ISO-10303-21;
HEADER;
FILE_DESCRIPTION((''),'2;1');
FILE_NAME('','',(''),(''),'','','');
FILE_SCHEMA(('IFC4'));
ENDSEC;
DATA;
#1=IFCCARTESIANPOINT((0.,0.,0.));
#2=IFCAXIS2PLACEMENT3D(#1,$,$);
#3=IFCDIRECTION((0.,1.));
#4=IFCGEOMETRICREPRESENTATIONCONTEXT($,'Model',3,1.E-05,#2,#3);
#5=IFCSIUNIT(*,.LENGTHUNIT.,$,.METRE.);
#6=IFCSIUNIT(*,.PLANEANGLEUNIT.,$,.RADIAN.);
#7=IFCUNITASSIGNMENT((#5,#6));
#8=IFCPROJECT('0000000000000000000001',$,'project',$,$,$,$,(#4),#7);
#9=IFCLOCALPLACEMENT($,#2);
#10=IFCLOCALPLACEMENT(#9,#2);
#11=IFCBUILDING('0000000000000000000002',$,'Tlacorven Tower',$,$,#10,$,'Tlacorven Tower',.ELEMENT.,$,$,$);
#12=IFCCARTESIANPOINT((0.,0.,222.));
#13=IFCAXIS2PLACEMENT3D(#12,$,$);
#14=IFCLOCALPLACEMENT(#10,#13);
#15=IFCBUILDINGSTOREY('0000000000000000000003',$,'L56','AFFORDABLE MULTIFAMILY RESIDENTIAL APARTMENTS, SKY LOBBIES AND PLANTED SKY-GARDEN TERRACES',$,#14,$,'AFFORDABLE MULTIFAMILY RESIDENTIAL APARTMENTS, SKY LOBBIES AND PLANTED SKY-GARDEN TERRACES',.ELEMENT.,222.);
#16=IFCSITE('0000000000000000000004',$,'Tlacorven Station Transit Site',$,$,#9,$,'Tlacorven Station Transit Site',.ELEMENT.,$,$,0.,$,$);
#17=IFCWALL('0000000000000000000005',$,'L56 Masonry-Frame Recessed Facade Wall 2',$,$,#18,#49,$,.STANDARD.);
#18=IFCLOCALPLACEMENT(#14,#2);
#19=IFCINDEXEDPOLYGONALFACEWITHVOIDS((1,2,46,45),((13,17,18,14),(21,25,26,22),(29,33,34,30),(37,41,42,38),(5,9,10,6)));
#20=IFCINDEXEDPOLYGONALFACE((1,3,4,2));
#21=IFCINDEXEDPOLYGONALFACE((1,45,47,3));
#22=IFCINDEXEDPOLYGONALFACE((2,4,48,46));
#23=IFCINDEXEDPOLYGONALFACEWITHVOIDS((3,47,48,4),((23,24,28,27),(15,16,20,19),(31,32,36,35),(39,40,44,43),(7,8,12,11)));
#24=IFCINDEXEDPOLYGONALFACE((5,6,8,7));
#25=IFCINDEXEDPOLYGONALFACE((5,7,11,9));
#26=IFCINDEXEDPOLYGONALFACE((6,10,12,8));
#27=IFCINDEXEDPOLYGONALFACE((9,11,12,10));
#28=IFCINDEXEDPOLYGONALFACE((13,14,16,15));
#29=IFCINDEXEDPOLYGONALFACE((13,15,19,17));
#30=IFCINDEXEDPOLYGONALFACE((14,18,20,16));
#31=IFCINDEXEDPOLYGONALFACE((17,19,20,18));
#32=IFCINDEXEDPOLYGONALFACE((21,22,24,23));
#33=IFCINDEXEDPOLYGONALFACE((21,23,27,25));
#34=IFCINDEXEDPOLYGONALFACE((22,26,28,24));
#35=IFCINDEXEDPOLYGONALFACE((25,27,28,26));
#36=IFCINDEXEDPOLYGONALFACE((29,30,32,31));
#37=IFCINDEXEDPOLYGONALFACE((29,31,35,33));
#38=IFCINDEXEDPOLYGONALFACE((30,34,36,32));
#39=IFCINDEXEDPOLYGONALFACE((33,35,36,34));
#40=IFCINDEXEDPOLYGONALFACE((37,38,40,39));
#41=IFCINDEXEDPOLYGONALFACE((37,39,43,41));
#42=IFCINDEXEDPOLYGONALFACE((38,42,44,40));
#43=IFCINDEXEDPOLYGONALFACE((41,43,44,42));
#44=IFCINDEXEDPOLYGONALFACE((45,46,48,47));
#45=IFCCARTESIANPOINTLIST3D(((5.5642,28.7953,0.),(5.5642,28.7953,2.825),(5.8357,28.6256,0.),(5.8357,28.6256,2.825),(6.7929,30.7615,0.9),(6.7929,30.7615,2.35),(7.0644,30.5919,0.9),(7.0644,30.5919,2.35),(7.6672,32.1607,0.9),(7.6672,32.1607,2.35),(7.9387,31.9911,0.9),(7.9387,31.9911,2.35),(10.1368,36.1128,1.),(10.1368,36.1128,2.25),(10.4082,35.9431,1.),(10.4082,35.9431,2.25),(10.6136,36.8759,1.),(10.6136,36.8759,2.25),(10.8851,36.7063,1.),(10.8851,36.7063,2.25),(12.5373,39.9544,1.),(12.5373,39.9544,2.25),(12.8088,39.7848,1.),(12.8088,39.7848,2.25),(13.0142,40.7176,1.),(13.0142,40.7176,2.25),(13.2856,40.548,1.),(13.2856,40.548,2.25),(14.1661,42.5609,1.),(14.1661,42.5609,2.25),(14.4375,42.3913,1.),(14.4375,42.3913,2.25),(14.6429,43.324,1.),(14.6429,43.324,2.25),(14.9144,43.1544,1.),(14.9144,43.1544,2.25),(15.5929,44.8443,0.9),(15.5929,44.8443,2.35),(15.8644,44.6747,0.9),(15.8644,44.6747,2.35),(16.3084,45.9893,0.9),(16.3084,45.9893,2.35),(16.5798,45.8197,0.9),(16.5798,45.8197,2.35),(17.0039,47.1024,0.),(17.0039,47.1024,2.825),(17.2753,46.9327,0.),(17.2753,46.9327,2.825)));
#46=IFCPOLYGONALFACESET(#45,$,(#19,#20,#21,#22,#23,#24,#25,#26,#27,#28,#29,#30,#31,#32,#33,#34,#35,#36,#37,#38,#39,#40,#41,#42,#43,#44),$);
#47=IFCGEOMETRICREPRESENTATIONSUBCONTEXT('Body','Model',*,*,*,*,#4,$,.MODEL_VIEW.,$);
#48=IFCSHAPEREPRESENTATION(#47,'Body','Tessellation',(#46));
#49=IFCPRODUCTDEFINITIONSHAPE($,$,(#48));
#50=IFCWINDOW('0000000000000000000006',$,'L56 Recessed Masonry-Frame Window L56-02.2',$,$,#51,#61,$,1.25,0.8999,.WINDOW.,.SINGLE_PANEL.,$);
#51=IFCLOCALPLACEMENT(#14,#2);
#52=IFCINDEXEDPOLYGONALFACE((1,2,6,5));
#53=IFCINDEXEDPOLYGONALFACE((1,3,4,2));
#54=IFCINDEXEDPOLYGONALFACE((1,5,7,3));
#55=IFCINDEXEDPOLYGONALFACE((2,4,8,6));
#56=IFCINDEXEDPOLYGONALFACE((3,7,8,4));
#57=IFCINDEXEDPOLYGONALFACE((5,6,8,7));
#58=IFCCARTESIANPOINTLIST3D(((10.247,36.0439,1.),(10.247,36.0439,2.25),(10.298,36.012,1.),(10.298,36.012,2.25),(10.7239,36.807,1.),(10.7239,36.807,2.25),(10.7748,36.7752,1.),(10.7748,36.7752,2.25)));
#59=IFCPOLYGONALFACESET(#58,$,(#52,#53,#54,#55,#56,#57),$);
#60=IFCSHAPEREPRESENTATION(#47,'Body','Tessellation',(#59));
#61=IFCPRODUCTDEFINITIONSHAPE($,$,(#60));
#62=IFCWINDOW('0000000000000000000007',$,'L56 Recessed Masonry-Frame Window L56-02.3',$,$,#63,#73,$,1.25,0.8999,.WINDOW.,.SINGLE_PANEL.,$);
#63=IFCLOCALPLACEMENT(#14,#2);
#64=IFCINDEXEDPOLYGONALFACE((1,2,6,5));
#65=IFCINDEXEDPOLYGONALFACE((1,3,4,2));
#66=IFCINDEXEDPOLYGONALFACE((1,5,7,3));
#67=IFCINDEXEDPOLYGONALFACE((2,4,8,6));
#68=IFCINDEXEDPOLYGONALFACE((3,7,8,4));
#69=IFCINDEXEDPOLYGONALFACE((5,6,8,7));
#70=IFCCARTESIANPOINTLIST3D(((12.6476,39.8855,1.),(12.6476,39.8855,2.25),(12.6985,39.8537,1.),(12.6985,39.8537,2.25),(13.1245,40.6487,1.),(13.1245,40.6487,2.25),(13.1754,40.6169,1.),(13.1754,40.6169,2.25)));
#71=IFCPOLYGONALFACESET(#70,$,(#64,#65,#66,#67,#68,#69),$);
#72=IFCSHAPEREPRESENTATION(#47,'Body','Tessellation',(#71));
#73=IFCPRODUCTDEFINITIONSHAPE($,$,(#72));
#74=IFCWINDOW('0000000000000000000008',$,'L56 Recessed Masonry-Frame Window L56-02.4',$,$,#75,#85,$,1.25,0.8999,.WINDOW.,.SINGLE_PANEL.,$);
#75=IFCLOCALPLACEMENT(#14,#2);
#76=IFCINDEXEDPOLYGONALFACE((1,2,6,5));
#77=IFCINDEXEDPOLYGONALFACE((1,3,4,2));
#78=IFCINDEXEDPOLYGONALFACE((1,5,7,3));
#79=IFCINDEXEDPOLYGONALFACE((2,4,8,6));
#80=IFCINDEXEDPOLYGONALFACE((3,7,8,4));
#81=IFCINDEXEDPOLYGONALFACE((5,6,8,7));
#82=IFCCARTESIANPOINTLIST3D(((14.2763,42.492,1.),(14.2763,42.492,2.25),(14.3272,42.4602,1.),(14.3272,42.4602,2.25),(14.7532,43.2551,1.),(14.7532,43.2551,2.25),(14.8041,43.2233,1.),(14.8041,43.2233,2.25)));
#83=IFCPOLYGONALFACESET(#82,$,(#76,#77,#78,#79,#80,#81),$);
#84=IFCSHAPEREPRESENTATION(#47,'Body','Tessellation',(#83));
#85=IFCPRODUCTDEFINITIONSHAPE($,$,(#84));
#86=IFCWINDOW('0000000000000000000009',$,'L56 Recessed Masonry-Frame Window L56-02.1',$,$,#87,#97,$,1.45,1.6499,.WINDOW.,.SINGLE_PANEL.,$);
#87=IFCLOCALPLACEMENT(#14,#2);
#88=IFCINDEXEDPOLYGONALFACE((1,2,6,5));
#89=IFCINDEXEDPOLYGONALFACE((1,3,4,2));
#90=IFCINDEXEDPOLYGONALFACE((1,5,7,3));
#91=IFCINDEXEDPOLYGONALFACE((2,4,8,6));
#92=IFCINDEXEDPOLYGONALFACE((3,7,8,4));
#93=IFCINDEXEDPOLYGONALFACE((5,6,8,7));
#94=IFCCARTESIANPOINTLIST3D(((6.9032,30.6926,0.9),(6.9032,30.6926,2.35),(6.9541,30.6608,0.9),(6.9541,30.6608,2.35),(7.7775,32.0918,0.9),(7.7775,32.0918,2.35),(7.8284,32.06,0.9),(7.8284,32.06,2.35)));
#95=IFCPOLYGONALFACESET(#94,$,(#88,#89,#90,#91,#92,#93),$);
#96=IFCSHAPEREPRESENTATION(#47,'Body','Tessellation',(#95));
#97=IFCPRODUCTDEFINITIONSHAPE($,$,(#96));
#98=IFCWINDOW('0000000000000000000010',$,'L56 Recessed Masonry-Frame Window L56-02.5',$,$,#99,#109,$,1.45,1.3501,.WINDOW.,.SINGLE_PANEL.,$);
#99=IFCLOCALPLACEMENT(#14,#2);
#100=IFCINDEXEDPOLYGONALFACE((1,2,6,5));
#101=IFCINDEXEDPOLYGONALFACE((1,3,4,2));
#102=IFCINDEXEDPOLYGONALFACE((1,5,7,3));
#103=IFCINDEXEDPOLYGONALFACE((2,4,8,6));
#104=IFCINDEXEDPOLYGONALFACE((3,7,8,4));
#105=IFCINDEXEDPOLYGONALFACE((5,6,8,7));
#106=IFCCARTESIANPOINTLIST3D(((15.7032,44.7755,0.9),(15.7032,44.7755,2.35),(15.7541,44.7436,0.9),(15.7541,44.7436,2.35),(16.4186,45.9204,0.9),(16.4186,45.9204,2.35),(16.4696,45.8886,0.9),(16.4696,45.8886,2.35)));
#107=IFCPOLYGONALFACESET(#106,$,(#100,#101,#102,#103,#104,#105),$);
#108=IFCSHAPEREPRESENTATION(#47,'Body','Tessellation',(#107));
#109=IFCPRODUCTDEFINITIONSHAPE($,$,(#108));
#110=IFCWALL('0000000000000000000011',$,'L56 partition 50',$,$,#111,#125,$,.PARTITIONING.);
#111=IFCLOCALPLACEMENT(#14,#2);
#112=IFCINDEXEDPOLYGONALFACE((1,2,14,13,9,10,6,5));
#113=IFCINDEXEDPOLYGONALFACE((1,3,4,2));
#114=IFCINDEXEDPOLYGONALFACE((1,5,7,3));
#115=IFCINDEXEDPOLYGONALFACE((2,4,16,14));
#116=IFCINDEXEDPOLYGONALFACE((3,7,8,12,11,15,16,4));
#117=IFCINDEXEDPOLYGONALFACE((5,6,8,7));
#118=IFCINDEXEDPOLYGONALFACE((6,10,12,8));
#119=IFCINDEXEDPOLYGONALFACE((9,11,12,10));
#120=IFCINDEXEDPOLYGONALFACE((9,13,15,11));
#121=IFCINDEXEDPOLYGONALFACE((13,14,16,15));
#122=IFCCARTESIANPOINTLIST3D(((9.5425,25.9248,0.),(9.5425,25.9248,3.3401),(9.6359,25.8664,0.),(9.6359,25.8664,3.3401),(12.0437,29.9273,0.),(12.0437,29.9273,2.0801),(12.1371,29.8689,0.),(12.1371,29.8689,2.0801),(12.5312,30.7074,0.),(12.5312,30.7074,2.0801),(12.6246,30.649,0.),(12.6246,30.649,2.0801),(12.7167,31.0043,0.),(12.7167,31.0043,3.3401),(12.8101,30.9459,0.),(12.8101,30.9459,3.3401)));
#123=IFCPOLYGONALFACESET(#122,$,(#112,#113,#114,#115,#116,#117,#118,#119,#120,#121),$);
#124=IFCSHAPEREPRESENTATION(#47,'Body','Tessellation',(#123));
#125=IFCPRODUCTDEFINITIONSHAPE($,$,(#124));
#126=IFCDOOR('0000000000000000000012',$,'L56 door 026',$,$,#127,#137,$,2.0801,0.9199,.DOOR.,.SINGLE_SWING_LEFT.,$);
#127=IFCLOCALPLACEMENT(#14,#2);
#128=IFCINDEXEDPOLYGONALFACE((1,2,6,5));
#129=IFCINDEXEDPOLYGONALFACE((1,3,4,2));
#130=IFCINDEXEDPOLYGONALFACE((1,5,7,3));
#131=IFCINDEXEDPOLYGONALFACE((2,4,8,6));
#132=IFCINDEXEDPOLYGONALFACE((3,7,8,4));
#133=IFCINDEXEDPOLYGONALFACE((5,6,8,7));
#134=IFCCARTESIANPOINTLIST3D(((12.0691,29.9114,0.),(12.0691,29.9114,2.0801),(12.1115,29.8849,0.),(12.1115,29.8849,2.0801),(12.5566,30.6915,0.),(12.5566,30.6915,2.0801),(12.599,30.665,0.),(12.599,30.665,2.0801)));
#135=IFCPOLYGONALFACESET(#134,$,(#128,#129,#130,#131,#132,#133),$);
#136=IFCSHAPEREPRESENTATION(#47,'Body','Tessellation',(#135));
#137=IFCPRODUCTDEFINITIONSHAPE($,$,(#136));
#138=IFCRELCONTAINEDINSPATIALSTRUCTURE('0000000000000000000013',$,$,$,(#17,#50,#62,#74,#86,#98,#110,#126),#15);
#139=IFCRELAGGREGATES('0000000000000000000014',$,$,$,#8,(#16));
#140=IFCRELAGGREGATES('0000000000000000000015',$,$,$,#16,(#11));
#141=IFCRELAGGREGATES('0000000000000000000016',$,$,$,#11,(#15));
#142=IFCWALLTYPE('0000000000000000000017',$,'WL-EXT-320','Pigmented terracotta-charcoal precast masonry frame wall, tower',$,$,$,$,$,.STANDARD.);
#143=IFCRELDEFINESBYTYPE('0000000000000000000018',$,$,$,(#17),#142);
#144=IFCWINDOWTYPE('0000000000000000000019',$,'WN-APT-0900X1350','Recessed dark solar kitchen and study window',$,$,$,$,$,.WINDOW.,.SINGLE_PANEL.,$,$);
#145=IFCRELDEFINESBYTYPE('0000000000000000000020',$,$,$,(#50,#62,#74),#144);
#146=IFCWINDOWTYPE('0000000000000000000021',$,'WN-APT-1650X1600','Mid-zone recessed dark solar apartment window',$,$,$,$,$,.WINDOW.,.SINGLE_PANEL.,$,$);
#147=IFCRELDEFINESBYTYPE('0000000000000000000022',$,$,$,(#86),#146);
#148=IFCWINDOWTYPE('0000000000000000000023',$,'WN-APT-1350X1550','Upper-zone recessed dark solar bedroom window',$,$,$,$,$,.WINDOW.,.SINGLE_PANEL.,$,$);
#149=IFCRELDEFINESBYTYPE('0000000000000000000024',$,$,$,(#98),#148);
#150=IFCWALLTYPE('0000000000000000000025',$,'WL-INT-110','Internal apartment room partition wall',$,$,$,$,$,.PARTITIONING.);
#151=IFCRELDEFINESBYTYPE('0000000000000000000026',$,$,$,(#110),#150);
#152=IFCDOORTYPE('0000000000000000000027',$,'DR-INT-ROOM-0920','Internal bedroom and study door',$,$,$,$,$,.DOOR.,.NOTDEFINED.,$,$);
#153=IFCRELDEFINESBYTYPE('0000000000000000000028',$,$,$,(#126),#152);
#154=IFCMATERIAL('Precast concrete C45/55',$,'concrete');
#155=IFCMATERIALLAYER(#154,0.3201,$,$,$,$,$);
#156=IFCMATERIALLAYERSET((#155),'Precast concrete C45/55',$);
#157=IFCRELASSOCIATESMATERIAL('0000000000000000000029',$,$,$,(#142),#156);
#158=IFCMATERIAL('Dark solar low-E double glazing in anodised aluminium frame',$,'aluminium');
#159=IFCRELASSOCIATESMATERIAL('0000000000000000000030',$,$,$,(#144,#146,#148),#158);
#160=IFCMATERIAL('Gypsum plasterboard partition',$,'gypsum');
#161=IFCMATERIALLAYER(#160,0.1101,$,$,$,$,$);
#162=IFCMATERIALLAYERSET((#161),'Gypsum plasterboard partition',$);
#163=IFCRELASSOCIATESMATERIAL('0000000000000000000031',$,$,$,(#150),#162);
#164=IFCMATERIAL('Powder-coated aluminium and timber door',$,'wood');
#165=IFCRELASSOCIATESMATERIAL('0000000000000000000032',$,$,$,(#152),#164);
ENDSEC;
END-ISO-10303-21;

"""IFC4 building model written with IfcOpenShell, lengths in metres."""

from ifc_helpers import new_model, si_unit, direction, frame, frame_2d, origin, place, context, subcontext, project, spatial, rectangle, extrude, source, transform, mapped, material, layer, layer_set, type_object, element, fill, save


model = new_model("IFC4")

# Units and contexts
model_context = context("Model", 3, precision=1e-05, world=origin(), true_north=direction((0.0, 1.0)))
body_context = subcontext(model_context, "Body", "Model", "MODEL_VIEW")
ifc_project = project(units=[si_unit("LENGTHUNIT", "METRE"), si_unit("PLANEANGLEUNIT", "RADIAN")], contexts=[model_context])

# Site, building, storey
site_placement = place(None, origin())
site = spatial("IfcSite", under=ifc_project, at=site_placement, Name="Tlacorven Station Transit Site", LongName="Tlacorven Station Transit Site", CompositionType="ELEMENT", RefElevation=0.0)
building_placement = place(site_placement, origin())
building = spatial("IfcBuilding", under=site, at=building_placement, Name="Tlacorven Tower", LongName="Tlacorven Tower", CompositionType="ELEMENT")
storey_placement = place(building_placement, frame((0.0, 0.0, 222.0)))
storey = spatial("IfcBuildingStorey", under=building, at=storey_placement, Name="L56", Description="AFFORDABLE MULTIFAMILY RESIDENTIAL APARTMENTS, SKY LOBBIES AND PLANTED SKY-GARDEN TERRACES", LongName="AFFORDABLE MULTIFAMILY RESIDENTIAL APARTMENTS, SKY LOBBIES AND PLANTED SKY-GARDEN TERRACES", CompositionType="ELEMENT", Elevation=222.0)

# Wall, openings, windows
ifc_material_1 = material(Name="Precast concrete C45/55", Category="concrete")
ifc_layer_1 = layer(ifc_material_1, 0.3201)
ifc_layer_set_1 = layer_set([ifc_layer_1], Name="Precast concrete C45/55")
wall_type_1 = type_object("IfcWallType", Name="WL-EXT-320", Description="Pigmented terracotta-charcoal precast masonry frame wall, tower", PredefinedType="STANDARD", material=ifc_layer_set_1)
wall_1_placement = place(storey_placement, frame((5.7, 28.7104, 0.0), z_axis=(0.0, 0.0, 1.0), x_axis=(0.529924, 0.848045, 0.0)))
wall_1 = element("IfcWall", 1, at=wall_1_placement, inside=storey, type_object=wall_type_1, Name="L56 Masonry-Frame Recessed Facade Wall 2", PredefinedType="STANDARD", context=body_context, shape_type="SweptSolid", body=[
    extrude(rectangle(XDim=21.5874, YDim=0.3201, at=frame_2d((10.7937, 0.0))), origin(), (0.0, 0.0, 1.0), 2.825),
])
opening_1_placement = place(wall_1_placement, frame((2.3186, 0.0, 0.8999)))
opening_1 = element("IfcOpeningElement", 2, at=opening_1_placement, cuts=wall_1, PredefinedType="OPENING", context=body_context, shape_type="SweptSolid", body=[
    extrude(rectangle(XDim=1.6499, YDim=1.45, at=frame_2d((0.825, 0.7251))), frame((0.0, 0.1699, 0.0), z_axis=(0.0, -1.0, 0.0), x_axis=(1.0, 0.0, 0.0)), (0.0, 0.0, 1.0), 0.3401),
])
opening_2_placement = place(wall_1_placement, frame((8.6287, 0.0, 1.0)))
opening_2 = element("IfcOpeningElement", 3, at=opening_2_placement, cuts=wall_1, PredefinedType="OPENING", context=body_context, shape_type="SweptSolid", body=[
    extrude(rectangle(XDim=0.8999, YDim=1.25, at=frame_2d((0.45, 0.625))), frame((0.0, 0.1699, 0.0), z_axis=(0.0, -1.0, 0.0), x_axis=(1.0, 0.0, 0.0)), (0.0, 0.0, 1.0), 0.3401),
])
opening_3_placement = place(wall_1_placement, frame((13.1587, 0.0, 1.0)))
opening_3 = element("IfcOpeningElement", 4, at=opening_3_placement, cuts=wall_1, PredefinedType="OPENING", context=body_context, shape_type="SweptSolid", body=[
    extrude(rectangle(XDim=0.8999, YDim=1.25, at=frame_2d((0.45, 0.625))), frame((0.0, 0.1699, 0.0), z_axis=(0.0, -1.0, 0.0), x_axis=(1.0, 0.0, 0.0)), (0.0, 0.0, 1.0), 0.3401),
])
opening_4_placement = place(wall_1_placement, frame((16.2322, 0.0, 1.0)))
opening_4 = element("IfcOpeningElement", 5, at=opening_4_placement, cuts=wall_1, PredefinedType="OPENING", context=body_context, shape_type="SweptSolid", body=[
    extrude(rectangle(XDim=0.8999, YDim=1.25, at=frame_2d((0.45, 0.625))), frame((0.0, 0.1699, 0.0), z_axis=(0.0, -1.0, 0.0), x_axis=(1.0, 0.0, 0.0)), (0.0, 0.0, 1.0), 0.3401),
])
opening_5_placement = place(wall_1_placement, frame((18.9248, 0.0, 0.8999)))
opening_5 = element("IfcOpeningElement", 6, at=opening_5_placement, cuts=wall_1, PredefinedType="OPENING", context=body_context, shape_type="SweptSolid", body=[
    extrude(rectangle(XDim=1.3501, YDim=1.45, at=frame_2d((0.675, 0.7251))), frame((0.0, 0.1699, 0.0), z_axis=(0.0, -1.0, 0.0), x_axis=(1.0, 0.0, 0.0)), (0.0, 0.0, 1.0), 0.3401),
])
ifc_material_2 = material(Name="Dark solar low-E double glazing in anodised aluminium frame", Category="aluminium")
window_type_1 = type_object("IfcWindowType", Name="WN-APT-0900X1350", Description="Recessed dark solar kitchen and study window", PartitioningType="SINGLE_PANEL", PredefinedType="WINDOW", material=ifc_material_2)
shared_shape_1 = source(origin(), body_context, "Body", "SweptSolid", [
    extrude(rectangle(XDim=0.8999, YDim=1.25, at=frame_2d((0.45, 0.625))), frame((0.0, 0.03, 0.0), z_axis=(0.0, -1.0, 0.0), x_axis=(1.0, 0.0, 0.0)), (0.0, 0.0, 1.0), 0.0601),
])
window_1_placement = place(opening_2_placement, origin())
window_1 = element("IfcWindow", 7, at=window_1_placement, inside=storey, type_object=window_type_1, Name="L56 Recessed Masonry-Frame Window L56-02.2", OverallHeight=1.25, OverallWidth=0.8999, PartitioningType="SINGLE_PANEL", PredefinedType="WINDOW", context=body_context, shape_type="MappedRepresentation", body=[
    mapped(shared_shape_1, transform((0.0, 0.0, 0.0), scale=1.0)),
])
fill(opening_2, window_1)
window_2_placement = place(opening_3_placement, origin())
window_2 = element("IfcWindow", 8, at=window_2_placement, inside=storey, type_object=window_type_1, Name="L56 Recessed Masonry-Frame Window L56-02.3", OverallHeight=1.25, OverallWidth=0.8999, PartitioningType="SINGLE_PANEL", PredefinedType="WINDOW", context=body_context, shape_type="MappedRepresentation", body=[
    mapped(shared_shape_1, transform((0.0, 0.0, 0.0), scale=1.0)),
])
fill(opening_3, window_2)
window_3_placement = place(opening_4_placement, origin())
window_3 = element("IfcWindow", 9, at=window_3_placement, inside=storey, type_object=window_type_1, Name="L56 Recessed Masonry-Frame Window L56-02.4", OverallHeight=1.25, OverallWidth=0.8999, PartitioningType="SINGLE_PANEL", PredefinedType="WINDOW", context=body_context, shape_type="MappedRepresentation", body=[
    mapped(shared_shape_1, transform((0.0, 0.0, 0.0), scale=1.0)),
])
fill(opening_4, window_3)
window_type_2 = type_object("IfcWindowType", Name="WN-APT-1650X1600", Description="Mid-zone recessed dark solar apartment window", PartitioningType="SINGLE_PANEL", PredefinedType="WINDOW", material=ifc_material_2)
shared_shape_2 = source(origin(), body_context, "Body", "SweptSolid", [
    extrude(rectangle(XDim=1.6499, YDim=1.45, at=frame_2d((0.825, 0.7251))), frame((0.0, 0.03, 0.0), z_axis=(0.0, -1.0, 0.0), x_axis=(1.0, 0.0, 0.0)), (0.0, 0.0, 1.0), 0.0601),
])
window_4_placement = place(opening_1_placement, origin())
window_4 = element("IfcWindow", 10, at=window_4_placement, inside=storey, type_object=window_type_2, Name="L56 Recessed Masonry-Frame Window L56-02.1", OverallHeight=1.45, OverallWidth=1.6499, PartitioningType="SINGLE_PANEL", PredefinedType="WINDOW", context=body_context, shape_type="MappedRepresentation", body=[
    mapped(shared_shape_2, transform((0.0, 0.0, 0.0), scale=1.0)),
])
fill(opening_1, window_4)
window_type_3 = type_object("IfcWindowType", Name="WN-APT-1350X1550", Description="Upper-zone recessed dark solar bedroom window", PartitioningType="SINGLE_PANEL", PredefinedType="WINDOW", material=ifc_material_2)
shared_shape_3 = source(origin(), body_context, "Body", "SweptSolid", [
    extrude(rectangle(XDim=1.3501, YDim=1.45, at=frame_2d((0.675, 0.7251))), frame((0.0, 0.03, 0.0), z_axis=(0.0, -1.0, 0.0), x_axis=(1.0, 0.0, 0.0)), (0.0, 0.0, 1.0), 0.0601),
])
window_5_placement = place(opening_5_placement, origin())
window_5 = element("IfcWindow", 11, at=window_5_placement, inside=storey, type_object=window_type_3, Name="L56 Recessed Masonry-Frame Window L56-02.5", OverallHeight=1.45, OverallWidth=1.3501, PartitioningType="SINGLE_PANEL", PredefinedType="WINDOW", context=body_context, shape_type="MappedRepresentation", body=[
    mapped(shared_shape_3, transform((0.0, 0.0, 0.0), scale=1.0)),
])
fill(opening_5, window_5)

# Wall, opening, door
ifc_material_3 = material(Name="Gypsum plasterboard partition", Category="gypsum")
ifc_layer_2 = layer(ifc_material_3, 0.1101)
ifc_layer_set_2 = layer_set([ifc_layer_2], Name="Gypsum plasterboard partition")
wall_type_2 = type_object("IfcWallType", Name="WL-INT-110", Description="Internal apartment room partition wall", PredefinedType="PARTITIONING", material=ifc_layer_set_2)
wall_2_placement = place(storey_placement, frame((12.7634, 30.9751, 0.0), z_axis=(0.0, 0.0, 1.0), x_axis=(-0.529948, -0.84803, 0.0)))
wall_2 = element("IfcWall", 12, at=wall_2_placement, inside=storey, type_object=wall_type_2, Name="L56 partition 50", PredefinedType="PARTITIONING", context=body_context, shape_type="SweptSolid", body=[
    extrude(rectangle(XDim=5.9897, YDim=0.1101, at=frame_2d((2.9949, 0.0))), origin(), (0.0, 0.0, 1.0), 3.3401),
])
opening_6_placement = place(wall_2_placement, frame((0.3501, 0.0, 0.0)))
opening_6 = element("IfcOpeningElement", 13, at=opening_6_placement, cuts=wall_2, PredefinedType="OPENING", context=body_context, shape_type="SweptSolid", body=[
    extrude(rectangle(XDim=0.9199, YDim=2.0801, at=frame_2d((0.46, 1.04))), frame((0.0, 0.0649, 0.0), z_axis=(0.0, -1.0, 0.0), x_axis=(1.0, 0.0, 0.0)), (0.0, 0.0, 1.0), 0.1301),
])
ifc_material_4 = material(Name="Powder-coated aluminium and timber door", Category="wood")
door_type_1 = type_object("IfcDoorType", Name="DR-INT-ROOM-0920", Description="Internal bedroom and study door", OperationType="NOTDEFINED", PredefinedType="DOOR", material=ifc_material_4)
shared_shape_4 = source(origin(), body_context, "Body", "SweptSolid", [
    extrude(rectangle(XDim=0.9199, YDim=2.0801, at=frame_2d((0.46, 1.04))), frame((0.0, 0.0249, 0.0), z_axis=(0.0, -1.0, 0.0), x_axis=(1.0, 0.0, 0.0)), (0.0, 0.0, 1.0), 0.05),
])
door_1_placement = place(opening_6_placement, origin())
door_1 = element("IfcDoor", 14, at=door_1_placement, inside=storey, type_object=door_type_1, Name="L56 door 026", OperationType="SINGLE_SWING_LEFT", OverallHeight=2.0801, OverallWidth=0.9199, PredefinedType="DOOR", context=body_context, shape_type="MappedRepresentation", body=[
    mapped(shared_shape_4, transform((0.0, 0.0, 0.0), scale=1.0)),
])
fill(opening_6, door_1)

save(model, "model.ifc")
